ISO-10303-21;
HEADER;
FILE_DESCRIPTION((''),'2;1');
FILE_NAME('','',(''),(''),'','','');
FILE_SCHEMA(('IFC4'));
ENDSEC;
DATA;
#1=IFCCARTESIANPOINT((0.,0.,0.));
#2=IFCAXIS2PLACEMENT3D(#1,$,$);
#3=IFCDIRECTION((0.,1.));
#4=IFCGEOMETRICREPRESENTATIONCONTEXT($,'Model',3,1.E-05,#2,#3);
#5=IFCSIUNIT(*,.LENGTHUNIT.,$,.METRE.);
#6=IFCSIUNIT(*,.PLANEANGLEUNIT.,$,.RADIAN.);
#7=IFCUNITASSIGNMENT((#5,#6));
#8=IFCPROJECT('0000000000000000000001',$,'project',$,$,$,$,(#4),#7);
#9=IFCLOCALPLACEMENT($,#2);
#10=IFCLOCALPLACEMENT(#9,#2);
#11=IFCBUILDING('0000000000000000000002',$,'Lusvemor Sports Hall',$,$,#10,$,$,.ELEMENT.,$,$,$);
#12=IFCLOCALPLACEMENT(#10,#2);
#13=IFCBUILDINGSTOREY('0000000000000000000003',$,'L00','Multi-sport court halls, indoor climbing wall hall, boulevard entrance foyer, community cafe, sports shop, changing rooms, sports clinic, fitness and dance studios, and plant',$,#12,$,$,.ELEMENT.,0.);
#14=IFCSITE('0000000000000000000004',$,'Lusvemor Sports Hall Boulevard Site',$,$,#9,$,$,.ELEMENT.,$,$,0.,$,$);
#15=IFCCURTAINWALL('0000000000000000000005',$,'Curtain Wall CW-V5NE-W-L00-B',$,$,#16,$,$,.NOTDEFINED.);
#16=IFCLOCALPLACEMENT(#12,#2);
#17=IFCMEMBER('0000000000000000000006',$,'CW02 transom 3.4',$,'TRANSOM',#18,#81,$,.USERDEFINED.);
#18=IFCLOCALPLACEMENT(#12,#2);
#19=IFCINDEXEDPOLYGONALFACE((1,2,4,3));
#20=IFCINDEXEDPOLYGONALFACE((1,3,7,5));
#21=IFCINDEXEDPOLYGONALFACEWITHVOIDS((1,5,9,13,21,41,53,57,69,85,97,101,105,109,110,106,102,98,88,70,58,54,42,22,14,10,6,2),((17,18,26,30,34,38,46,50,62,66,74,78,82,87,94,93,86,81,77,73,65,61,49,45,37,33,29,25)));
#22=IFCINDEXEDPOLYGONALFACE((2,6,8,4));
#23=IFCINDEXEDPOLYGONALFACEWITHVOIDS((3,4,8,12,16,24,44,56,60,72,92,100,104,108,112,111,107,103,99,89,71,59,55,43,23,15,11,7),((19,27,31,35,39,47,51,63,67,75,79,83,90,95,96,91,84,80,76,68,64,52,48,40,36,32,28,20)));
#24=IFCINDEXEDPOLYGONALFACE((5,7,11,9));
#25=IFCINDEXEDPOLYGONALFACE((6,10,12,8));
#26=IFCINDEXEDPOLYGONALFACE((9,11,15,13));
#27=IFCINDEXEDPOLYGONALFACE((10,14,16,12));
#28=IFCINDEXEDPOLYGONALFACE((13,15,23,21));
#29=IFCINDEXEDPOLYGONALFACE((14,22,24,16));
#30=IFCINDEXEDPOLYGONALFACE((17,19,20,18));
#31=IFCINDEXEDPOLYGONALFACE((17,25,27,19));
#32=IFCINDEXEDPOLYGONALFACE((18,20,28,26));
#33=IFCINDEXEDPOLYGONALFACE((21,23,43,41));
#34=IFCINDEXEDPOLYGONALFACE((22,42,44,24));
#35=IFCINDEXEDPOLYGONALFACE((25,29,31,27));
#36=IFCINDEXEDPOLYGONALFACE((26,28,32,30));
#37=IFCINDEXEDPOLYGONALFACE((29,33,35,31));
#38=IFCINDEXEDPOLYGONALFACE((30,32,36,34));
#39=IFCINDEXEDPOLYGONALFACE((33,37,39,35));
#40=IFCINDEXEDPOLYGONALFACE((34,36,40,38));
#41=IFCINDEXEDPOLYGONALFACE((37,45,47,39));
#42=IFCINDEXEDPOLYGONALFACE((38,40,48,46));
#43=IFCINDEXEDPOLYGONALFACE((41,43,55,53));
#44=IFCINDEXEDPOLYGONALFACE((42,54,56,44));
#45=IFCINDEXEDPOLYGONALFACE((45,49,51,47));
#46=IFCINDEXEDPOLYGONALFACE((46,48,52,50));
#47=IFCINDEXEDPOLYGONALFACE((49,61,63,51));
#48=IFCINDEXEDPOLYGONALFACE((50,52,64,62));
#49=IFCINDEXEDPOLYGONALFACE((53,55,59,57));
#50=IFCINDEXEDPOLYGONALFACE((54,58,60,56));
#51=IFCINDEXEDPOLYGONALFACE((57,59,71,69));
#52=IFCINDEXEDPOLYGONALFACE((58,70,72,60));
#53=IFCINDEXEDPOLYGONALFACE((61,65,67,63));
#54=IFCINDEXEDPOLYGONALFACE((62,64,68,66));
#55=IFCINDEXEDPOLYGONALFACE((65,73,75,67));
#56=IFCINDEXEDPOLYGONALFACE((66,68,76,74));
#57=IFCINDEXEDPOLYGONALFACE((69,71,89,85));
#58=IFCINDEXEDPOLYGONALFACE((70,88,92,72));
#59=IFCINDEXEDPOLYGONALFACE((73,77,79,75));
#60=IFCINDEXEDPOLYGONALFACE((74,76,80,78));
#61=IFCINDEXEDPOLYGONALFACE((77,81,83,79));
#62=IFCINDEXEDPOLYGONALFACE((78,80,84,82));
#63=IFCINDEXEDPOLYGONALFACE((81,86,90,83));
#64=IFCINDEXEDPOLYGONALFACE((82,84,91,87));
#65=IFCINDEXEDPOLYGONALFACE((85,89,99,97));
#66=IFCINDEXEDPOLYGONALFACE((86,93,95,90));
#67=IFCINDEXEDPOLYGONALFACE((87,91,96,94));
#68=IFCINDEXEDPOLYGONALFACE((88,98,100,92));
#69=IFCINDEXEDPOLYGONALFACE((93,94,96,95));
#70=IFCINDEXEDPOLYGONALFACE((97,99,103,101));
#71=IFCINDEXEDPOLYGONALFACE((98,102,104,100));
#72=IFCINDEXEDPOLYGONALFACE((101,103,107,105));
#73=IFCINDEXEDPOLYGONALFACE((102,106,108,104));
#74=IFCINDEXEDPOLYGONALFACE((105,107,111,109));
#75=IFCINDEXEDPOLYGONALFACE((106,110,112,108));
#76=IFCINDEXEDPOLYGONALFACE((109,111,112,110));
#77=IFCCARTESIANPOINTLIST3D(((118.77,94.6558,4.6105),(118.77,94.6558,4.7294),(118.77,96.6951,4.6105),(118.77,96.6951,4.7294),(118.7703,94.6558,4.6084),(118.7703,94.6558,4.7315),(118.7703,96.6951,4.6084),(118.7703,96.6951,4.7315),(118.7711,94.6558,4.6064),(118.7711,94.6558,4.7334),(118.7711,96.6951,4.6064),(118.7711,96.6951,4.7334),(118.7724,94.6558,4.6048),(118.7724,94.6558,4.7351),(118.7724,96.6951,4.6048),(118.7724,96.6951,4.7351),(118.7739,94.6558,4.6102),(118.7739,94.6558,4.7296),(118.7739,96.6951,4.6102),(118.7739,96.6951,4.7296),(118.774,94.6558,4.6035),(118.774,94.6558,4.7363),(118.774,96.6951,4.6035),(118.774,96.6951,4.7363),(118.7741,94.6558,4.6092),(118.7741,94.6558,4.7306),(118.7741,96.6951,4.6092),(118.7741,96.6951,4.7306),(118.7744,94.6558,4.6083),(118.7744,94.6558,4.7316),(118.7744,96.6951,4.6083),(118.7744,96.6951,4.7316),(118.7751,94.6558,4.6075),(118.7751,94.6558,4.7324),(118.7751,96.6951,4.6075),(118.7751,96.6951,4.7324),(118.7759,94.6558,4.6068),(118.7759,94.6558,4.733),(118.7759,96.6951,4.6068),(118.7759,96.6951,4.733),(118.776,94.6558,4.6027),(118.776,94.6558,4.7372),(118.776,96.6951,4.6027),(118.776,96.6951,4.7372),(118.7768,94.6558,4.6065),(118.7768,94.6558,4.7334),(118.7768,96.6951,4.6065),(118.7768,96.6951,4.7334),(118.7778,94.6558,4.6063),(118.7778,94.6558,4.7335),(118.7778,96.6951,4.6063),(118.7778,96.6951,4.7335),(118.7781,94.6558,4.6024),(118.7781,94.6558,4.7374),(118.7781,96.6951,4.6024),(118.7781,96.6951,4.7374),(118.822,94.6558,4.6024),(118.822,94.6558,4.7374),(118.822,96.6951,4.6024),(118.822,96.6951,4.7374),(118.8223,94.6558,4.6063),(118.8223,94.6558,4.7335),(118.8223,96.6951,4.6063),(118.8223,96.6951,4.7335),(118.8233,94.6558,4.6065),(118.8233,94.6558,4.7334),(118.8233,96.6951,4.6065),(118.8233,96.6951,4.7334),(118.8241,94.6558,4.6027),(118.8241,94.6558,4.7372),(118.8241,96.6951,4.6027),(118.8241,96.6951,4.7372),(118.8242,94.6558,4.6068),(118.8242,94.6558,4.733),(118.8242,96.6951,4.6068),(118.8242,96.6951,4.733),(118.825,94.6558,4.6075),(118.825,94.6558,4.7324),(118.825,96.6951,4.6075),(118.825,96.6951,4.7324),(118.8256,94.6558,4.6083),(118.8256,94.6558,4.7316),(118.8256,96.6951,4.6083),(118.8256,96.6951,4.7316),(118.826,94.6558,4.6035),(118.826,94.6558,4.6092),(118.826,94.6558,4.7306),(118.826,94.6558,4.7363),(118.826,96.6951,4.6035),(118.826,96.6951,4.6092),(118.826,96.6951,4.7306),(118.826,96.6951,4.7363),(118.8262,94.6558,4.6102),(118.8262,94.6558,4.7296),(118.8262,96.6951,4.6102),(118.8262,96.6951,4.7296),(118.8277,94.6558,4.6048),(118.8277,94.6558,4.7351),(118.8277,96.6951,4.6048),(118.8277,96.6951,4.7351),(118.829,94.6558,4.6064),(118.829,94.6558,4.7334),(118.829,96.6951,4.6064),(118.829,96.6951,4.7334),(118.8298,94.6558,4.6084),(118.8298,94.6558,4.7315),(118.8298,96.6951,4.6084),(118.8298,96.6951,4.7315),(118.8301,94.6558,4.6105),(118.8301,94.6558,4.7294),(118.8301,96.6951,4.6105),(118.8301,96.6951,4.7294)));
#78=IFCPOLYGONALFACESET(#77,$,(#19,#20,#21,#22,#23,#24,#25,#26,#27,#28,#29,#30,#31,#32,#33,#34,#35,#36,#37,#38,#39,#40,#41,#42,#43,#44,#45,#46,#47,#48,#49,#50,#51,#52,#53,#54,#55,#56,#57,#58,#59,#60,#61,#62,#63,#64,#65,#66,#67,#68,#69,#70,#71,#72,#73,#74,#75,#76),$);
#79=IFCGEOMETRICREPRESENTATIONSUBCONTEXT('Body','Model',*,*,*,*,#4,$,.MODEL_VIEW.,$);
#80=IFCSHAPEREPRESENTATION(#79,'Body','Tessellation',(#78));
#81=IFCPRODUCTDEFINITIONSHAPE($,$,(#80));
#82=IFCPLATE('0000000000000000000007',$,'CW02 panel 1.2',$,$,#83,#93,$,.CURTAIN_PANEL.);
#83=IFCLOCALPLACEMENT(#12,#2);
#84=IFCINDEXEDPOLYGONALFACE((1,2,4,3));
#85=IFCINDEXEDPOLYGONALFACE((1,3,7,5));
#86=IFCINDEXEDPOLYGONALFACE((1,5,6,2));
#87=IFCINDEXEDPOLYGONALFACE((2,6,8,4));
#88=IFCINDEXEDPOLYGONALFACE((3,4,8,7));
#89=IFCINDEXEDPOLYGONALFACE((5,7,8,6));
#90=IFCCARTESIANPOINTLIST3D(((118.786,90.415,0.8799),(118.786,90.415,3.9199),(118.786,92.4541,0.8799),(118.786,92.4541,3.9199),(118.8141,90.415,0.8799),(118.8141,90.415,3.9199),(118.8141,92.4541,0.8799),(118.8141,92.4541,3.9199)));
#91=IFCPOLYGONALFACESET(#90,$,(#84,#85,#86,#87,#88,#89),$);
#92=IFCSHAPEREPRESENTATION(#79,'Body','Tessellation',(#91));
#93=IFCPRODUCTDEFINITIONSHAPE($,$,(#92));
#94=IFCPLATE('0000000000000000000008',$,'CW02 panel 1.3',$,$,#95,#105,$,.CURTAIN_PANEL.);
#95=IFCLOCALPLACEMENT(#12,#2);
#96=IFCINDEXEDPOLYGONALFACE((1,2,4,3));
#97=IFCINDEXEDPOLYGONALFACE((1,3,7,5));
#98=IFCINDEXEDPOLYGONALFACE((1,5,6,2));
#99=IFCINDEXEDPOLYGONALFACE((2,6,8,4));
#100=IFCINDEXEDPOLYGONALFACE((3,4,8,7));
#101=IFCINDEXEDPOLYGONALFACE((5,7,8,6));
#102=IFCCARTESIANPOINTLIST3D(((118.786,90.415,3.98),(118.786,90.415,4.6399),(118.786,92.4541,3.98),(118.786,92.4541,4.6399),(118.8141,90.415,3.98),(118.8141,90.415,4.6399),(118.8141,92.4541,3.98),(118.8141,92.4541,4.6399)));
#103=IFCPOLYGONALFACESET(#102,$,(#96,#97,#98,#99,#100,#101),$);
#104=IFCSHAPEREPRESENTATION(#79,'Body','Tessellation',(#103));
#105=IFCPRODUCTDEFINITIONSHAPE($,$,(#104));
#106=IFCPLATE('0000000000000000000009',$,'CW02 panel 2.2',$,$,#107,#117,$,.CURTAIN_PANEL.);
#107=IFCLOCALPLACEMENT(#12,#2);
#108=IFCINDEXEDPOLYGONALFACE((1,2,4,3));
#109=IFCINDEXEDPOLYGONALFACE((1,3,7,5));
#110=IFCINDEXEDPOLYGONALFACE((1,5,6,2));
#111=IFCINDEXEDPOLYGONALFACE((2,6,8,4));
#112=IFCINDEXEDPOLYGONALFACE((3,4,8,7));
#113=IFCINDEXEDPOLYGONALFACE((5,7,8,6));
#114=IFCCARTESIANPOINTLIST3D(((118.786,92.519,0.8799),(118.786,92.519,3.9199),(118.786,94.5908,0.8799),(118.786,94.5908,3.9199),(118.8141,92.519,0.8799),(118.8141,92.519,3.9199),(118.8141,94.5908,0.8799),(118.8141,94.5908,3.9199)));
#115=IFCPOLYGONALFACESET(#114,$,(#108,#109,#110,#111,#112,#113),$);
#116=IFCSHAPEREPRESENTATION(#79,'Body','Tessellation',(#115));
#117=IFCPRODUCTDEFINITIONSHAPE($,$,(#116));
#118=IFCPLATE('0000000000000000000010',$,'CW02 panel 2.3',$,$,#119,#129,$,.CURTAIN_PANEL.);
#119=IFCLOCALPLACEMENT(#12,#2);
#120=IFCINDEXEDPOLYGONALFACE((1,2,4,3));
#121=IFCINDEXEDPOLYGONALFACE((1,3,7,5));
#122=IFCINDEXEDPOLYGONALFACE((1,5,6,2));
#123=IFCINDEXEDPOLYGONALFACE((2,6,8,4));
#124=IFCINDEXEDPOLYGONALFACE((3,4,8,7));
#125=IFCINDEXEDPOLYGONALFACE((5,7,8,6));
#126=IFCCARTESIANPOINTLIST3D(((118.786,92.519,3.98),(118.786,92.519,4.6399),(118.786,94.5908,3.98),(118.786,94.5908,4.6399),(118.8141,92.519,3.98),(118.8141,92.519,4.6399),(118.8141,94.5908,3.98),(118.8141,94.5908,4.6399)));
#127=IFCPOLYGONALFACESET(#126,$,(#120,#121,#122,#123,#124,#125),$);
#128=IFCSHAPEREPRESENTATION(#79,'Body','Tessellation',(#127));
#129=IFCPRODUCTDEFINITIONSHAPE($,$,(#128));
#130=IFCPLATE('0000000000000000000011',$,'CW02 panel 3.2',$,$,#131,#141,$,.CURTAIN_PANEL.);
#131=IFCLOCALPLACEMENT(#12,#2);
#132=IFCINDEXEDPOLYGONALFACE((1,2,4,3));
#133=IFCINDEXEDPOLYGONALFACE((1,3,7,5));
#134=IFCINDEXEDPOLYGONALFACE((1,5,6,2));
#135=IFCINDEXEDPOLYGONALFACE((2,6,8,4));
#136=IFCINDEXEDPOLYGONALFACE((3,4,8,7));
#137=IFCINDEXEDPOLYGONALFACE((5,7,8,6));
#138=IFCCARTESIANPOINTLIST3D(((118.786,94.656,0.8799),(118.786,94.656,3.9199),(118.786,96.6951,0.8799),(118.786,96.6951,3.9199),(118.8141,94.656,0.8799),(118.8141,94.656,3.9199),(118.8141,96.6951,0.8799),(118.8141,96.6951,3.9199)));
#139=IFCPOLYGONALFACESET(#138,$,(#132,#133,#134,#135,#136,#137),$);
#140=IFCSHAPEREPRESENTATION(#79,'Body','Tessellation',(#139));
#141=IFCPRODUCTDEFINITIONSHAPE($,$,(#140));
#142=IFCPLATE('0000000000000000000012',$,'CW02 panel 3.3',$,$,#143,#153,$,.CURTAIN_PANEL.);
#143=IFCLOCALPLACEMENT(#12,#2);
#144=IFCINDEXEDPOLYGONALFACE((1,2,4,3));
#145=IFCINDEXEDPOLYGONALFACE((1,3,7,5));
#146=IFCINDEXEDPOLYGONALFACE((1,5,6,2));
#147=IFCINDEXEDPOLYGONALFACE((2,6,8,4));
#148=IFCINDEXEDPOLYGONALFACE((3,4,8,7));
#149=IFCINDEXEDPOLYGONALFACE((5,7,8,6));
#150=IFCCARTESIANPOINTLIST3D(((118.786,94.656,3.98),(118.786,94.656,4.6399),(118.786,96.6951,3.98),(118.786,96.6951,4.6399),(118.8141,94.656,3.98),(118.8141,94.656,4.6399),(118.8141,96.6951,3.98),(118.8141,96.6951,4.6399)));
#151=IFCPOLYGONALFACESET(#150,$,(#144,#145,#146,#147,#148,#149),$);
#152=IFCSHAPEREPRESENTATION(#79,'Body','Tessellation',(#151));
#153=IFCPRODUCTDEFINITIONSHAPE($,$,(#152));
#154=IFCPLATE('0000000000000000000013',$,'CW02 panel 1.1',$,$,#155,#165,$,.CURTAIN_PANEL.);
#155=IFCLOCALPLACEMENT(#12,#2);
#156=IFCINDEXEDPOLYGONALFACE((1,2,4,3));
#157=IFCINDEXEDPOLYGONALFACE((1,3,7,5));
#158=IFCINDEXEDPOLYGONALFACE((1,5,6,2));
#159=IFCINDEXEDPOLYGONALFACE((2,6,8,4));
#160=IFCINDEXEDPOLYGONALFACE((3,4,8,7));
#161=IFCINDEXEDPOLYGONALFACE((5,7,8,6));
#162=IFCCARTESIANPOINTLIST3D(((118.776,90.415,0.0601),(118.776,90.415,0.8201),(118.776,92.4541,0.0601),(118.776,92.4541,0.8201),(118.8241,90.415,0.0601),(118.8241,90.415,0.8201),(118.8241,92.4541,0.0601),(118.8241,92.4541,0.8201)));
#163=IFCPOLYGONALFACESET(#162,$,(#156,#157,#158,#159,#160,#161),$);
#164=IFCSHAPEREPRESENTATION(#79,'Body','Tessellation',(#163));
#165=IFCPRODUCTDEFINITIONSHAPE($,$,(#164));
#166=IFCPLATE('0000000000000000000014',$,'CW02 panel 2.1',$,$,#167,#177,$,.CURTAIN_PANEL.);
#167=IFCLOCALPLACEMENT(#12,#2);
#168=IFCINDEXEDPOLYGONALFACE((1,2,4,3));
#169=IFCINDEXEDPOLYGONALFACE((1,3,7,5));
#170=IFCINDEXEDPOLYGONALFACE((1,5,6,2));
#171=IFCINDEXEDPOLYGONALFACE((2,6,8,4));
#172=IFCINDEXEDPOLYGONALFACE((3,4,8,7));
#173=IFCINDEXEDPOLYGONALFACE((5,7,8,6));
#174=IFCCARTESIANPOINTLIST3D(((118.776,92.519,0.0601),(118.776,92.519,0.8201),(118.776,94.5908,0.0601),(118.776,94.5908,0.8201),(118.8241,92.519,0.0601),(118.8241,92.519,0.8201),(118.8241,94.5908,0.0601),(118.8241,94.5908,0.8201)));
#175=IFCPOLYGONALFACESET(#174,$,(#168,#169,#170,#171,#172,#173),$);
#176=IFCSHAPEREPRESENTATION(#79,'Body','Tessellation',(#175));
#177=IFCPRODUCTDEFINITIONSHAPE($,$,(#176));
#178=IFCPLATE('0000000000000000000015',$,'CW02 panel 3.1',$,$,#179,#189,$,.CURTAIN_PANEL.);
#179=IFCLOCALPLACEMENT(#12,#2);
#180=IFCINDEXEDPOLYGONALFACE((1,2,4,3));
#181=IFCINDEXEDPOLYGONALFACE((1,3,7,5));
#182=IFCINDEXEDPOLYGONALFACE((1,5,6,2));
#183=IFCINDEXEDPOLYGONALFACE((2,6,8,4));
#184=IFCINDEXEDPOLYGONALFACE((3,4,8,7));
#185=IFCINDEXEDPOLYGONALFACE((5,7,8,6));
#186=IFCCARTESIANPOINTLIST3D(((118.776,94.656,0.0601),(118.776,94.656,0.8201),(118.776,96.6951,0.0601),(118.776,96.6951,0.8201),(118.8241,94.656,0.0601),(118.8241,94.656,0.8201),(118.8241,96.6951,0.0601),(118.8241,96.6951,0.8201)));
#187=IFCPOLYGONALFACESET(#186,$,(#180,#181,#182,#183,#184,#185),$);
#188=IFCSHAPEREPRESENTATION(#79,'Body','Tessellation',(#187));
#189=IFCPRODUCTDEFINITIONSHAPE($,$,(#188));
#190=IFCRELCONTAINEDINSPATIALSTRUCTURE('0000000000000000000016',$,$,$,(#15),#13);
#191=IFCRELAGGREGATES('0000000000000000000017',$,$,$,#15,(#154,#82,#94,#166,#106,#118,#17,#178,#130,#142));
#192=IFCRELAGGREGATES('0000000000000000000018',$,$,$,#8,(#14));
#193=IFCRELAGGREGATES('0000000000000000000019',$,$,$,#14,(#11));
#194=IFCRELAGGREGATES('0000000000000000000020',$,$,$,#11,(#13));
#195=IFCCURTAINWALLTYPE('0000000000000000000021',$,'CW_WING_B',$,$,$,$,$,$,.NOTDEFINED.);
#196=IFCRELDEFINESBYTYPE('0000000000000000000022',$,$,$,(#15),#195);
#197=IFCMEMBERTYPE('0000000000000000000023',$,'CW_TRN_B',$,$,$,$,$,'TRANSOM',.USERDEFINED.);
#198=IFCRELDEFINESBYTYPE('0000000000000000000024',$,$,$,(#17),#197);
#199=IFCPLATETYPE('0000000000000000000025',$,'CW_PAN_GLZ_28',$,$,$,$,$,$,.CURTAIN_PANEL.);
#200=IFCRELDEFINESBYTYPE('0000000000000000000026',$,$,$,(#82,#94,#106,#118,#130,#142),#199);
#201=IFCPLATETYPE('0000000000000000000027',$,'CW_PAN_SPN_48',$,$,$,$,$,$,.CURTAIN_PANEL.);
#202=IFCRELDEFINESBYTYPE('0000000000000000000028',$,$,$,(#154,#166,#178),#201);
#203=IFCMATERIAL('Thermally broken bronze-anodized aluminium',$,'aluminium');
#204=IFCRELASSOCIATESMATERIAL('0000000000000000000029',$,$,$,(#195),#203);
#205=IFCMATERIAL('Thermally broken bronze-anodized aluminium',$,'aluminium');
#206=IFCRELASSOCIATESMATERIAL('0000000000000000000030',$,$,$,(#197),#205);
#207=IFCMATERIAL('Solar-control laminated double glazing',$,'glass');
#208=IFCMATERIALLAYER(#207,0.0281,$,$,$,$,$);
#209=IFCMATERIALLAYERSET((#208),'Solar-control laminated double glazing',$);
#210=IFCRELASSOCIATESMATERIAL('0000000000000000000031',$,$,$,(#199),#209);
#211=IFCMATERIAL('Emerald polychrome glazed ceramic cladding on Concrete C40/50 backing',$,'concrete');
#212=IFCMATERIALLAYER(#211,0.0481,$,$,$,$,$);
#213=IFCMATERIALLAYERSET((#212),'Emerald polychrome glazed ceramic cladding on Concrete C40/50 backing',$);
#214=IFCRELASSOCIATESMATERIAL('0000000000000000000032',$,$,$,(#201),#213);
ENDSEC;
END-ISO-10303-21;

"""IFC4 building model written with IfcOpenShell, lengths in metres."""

from ifc_helpers import new_model, si_unit, direction, frame, origin, origin_2d, place, context, subcontext, project, spatial, rectangle, hollow_rectangle, extrude, material, layer, layer_set, material_profile, profile_set, type_object, element, aggregate, save


model = new_model("IFC4")

# Units and contexts
model_context = context("Model", 3, precision=1e-05, world=origin(), true_north=direction((0.0, 1.0)))
body_context = subcontext(model_context, "Body", "Model", "MODEL_VIEW")
ifc_project = project(units=[si_unit("LENGTHUNIT", "METRE"), si_unit("PLANEANGLEUNIT", "RADIAN")], contexts=[model_context])

# Site, building, storey
site_placement = place(None, origin())
site = spatial("IfcSite", under=ifc_project, at=site_placement, Name="Lusvemor Sports Hall Boulevard Site", CompositionType="ELEMENT", RefElevation=0.0)
building_placement = place(site_placement, origin())
building = spatial("IfcBuilding", under=site, at=building_placement, Name="Lusvemor Sports Hall", CompositionType="ELEMENT")
storey_placement = place(building_placement, origin())
storey = spatial("IfcBuildingStorey", under=building, at=storey_placement, Name="L00", Description="Multi-sport court halls, indoor climbing wall hall, boulevard entrance foyer, community cafe, sports shop, changing rooms, sports clinic, fitness and dance studios, and plant", CompositionType="ELEMENT", Elevation=0.0)

# Curtain wall, member, plates
ifc_material_1 = material(Name="Thermally broken bronze-anodized aluminium", Category="aluminium")
curtain_wall_type = type_object("IfcCurtainWallType", Name="CW_WING_B", PredefinedType="NOTDEFINED", material=ifc_material_1)
curtain_wall_placement = place(storey_placement, origin())
curtain_wall = element("IfcCurtainWall", 1, at=curtain_wall_placement, inside=storey, type_object=curtain_wall_type, Name="Curtain Wall CW-V5NE-W-L00-B", PredefinedType="NOTDEFINED")
ifc_material_2 = material(Name="Thermally broken bronze-anodized aluminium", Category="aluminium")
ifc_material_profile_1 = material_profile(ifc_material_2, hollow_rectangle(XDim=0.0601, YDim=0.135, WallThickness=0.0039, InnerFilletRadius=0.0039, OuterFilletRadius=0.0081, at=origin_2d()), Name="CWTRN135x60x4")
ifc_profile_set_1 = profile_set([ifc_material_profile_1], Name="Thermally broken bronze-anodized aluminium")
member_type_1 = type_object("IfcMemberType", Name="CW_TRN_B", ElementType="TRANSOM", PredefinedType="USERDEFINED", material=ifc_profile_set_1)
member_1_placement = place(storey_placement, frame((118.8, 94.6558, 4.6699), z_axis=(0.0, 1.0, 0.0), x_axis=(-1.0, 0.0, 0.0)))
member_1 = element("IfcMember", 2, at=member_1_placement, type_object=member_type_1, Name="CW02 transom 3.4", ObjectType="TRANSOM", PredefinedType="USERDEFINED", context=body_context, shape_type="SweptSolid", body=[
    extrude(hollow_rectangle(XDim=0.0601, YDim=0.135, WallThickness=0.0039, InnerFilletRadius=0.0039, OuterFilletRadius=0.0081, at=origin_2d()), origin(), (0.0, 0.0, 1.0), 2.0393),
])
ifc_material_3 = material(Name="Solar-control laminated double glazing", Category="glass")
ifc_layer_1 = layer(ifc_material_3, 0.0281)
ifc_layer_set_1 = layer_set([ifc_layer_1], Name="Solar-control laminated double glazing")
plate_type_1 = type_object("IfcPlateType", Name="CW_PAN_GLZ_28", PredefinedType="CURTAIN_PANEL", material=ifc_layer_set_1)
plate_1_placement = place(storey_placement, frame((118.8, 91.4346, 0.8799), z_axis=(0.0, 0.0, 1.0), x_axis=(0.0, 1.0, 0.0)))
plate_1 = element("IfcPlate", 3, at=plate_1_placement, type_object=plate_type_1, Name="CW02 panel 1.2", PredefinedType="CURTAIN_PANEL", context=body_context, shape_type="SweptSolid", body=[
    extrude(rectangle(XDim=2.0391, YDim=0.0281, at=origin_2d()), origin(), (0.0, 0.0, 1.0), 3.04),
])
plate_2_placement = place(storey_placement, frame((118.8, 91.4346, 3.98), z_axis=(0.0, 0.0, 1.0), x_axis=(0.0, 1.0, 0.0)))
plate_2 = element("IfcPlate", 4, at=plate_2_placement, type_object=plate_type_1, Name="CW02 panel 1.3", PredefinedType="CURTAIN_PANEL", context=body_context, shape_type="SweptSolid", body=[
    extrude(rectangle(XDim=2.0391, YDim=0.0281, at=origin_2d()), origin(), (0.0, 0.0, 1.0), 0.6599),
])
plate_3_placement = place(storey_placement, frame((118.8, 93.5549, 0.8799), z_axis=(0.0, 0.0, 1.0), x_axis=(0.0, 1.0, 0.0)))
plate_3 = element("IfcPlate", 5, at=plate_3_placement, type_object=plate_type_1, Name="CW02 panel 2.2", PredefinedType="CURTAIN_PANEL", context=body_context, shape_type="SweptSolid", body=[
    extrude(rectangle(XDim=2.0718, YDim=0.0281, at=origin_2d()), origin(), (0.0, 0.0, 1.0), 3.04),
])
plate_4_placement = place(storey_placement, frame((118.8, 93.5549, 3.98), z_axis=(0.0, 0.0, 1.0), x_axis=(0.0, 1.0, 0.0)))
plate_4 = element("IfcPlate", 6, at=plate_4_placement, type_object=plate_type_1, Name="CW02 panel 2.3", PredefinedType="CURTAIN_PANEL", context=body_context, shape_type="SweptSolid", body=[
    extrude(rectangle(XDim=2.0718, YDim=0.0281, at=origin_2d()), origin(), (0.0, 0.0, 1.0), 0.6599),
])
plate_5_placement = place(storey_placement, frame((118.8, 95.6755, 0.8799), z_axis=(0.0, 0.0, 1.0), x_axis=(0.0, 1.0, 0.0)))
plate_5 = element("IfcPlate", 7, at=plate_5_placement, type_object=plate_type_1, Name="CW02 panel 3.2", PredefinedType="CURTAIN_PANEL", context=body_context, shape_type="SweptSolid", body=[
    extrude(rectangle(XDim=2.0391, YDim=0.0281, at=origin_2d()), origin(), (0.0, 0.0, 1.0), 3.04),
])
plate_6_placement = place(storey_placement, frame((118.8, 95.6755, 3.98), z_axis=(0.0, 0.0, 1.0), x_axis=(0.0, 1.0, 0.0)))
plate_6 = element("IfcPlate", 8, at=plate_6_placement, type_object=plate_type_1, Name="CW02 panel 3.3", PredefinedType="CURTAIN_PANEL", context=body_context, shape_type="SweptSolid", body=[
    extrude(rectangle(XDim=2.0391, YDim=0.0281, at=origin_2d()), origin(), (0.0, 0.0, 1.0), 0.6599),
])
ifc_material_4 = material(Name="Emerald polychrome glazed ceramic cladding on Concrete C40/50 backing", Category="concrete")
ifc_layer_2 = layer(ifc_material_4, 0.0481)
ifc_layer_set_2 = layer_set([ifc_layer_2], Name="Emerald polychrome glazed ceramic cladding on Concrete C40/50 backing")
plate_type_2 = type_object("IfcPlateType", Name="CW_PAN_SPN_48", PredefinedType="CURTAIN_PANEL", material=ifc_layer_set_2)
plate_7_placement = place(storey_placement, frame((118.8, 91.4346, 0.0601), z_axis=(0.0, 0.0, 1.0), x_axis=(0.0, 1.0, 0.0)))
plate_7 = element("IfcPlate", 9, at=plate_7_placement, type_object=plate_type_2, Name="CW02 panel 1.1", PredefinedType="CURTAIN_PANEL", context=body_context, shape_type="SweptSolid", body=[
    extrude(rectangle(XDim=2.0391, YDim=0.0481, at=origin_2d()), origin(), (0.0, 0.0, 1.0), 0.76),
])
plate_8_placement = place(storey_placement, frame((118.8, 93.5549, 0.0601), z_axis=(0.0, 0.0, 1.0), x_axis=(0.0, 1.0, 0.0)))
plate_8 = element("IfcPlate", 10, at=plate_8_placement, type_object=plate_type_2, Name="CW02 panel 2.1", PredefinedType="CURTAIN_PANEL", context=body_context, shape_type="SweptSolid", body=[
    extrude(rectangle(XDim=2.0718, YDim=0.0481, at=origin_2d()), origin(), (0.0, 0.0, 1.0), 0.76),
])
plate_9_placement = place(storey_placement, frame((118.8, 95.6755, 0.0601), z_axis=(0.0, 0.0, 1.0), x_axis=(0.0, 1.0, 0.0)))
plate_9 = element("IfcPlate", 11, at=plate_9_placement, type_object=plate_type_2, Name="CW02 panel 3.1", PredefinedType="CURTAIN_PANEL", context=body_context, shape_type="SweptSolid", body=[
    extrude(rectangle(XDim=2.0391, YDim=0.0481, at=origin_2d()), origin(), (0.0, 0.0, 1.0), 0.76),
])
aggregate(curtain_wall, [plate_7, plate_1, plate_2, plate_8, plate_3, plate_4, member_1, plate_9, plate_5, plate_6])

save(model, "model.ifc")
